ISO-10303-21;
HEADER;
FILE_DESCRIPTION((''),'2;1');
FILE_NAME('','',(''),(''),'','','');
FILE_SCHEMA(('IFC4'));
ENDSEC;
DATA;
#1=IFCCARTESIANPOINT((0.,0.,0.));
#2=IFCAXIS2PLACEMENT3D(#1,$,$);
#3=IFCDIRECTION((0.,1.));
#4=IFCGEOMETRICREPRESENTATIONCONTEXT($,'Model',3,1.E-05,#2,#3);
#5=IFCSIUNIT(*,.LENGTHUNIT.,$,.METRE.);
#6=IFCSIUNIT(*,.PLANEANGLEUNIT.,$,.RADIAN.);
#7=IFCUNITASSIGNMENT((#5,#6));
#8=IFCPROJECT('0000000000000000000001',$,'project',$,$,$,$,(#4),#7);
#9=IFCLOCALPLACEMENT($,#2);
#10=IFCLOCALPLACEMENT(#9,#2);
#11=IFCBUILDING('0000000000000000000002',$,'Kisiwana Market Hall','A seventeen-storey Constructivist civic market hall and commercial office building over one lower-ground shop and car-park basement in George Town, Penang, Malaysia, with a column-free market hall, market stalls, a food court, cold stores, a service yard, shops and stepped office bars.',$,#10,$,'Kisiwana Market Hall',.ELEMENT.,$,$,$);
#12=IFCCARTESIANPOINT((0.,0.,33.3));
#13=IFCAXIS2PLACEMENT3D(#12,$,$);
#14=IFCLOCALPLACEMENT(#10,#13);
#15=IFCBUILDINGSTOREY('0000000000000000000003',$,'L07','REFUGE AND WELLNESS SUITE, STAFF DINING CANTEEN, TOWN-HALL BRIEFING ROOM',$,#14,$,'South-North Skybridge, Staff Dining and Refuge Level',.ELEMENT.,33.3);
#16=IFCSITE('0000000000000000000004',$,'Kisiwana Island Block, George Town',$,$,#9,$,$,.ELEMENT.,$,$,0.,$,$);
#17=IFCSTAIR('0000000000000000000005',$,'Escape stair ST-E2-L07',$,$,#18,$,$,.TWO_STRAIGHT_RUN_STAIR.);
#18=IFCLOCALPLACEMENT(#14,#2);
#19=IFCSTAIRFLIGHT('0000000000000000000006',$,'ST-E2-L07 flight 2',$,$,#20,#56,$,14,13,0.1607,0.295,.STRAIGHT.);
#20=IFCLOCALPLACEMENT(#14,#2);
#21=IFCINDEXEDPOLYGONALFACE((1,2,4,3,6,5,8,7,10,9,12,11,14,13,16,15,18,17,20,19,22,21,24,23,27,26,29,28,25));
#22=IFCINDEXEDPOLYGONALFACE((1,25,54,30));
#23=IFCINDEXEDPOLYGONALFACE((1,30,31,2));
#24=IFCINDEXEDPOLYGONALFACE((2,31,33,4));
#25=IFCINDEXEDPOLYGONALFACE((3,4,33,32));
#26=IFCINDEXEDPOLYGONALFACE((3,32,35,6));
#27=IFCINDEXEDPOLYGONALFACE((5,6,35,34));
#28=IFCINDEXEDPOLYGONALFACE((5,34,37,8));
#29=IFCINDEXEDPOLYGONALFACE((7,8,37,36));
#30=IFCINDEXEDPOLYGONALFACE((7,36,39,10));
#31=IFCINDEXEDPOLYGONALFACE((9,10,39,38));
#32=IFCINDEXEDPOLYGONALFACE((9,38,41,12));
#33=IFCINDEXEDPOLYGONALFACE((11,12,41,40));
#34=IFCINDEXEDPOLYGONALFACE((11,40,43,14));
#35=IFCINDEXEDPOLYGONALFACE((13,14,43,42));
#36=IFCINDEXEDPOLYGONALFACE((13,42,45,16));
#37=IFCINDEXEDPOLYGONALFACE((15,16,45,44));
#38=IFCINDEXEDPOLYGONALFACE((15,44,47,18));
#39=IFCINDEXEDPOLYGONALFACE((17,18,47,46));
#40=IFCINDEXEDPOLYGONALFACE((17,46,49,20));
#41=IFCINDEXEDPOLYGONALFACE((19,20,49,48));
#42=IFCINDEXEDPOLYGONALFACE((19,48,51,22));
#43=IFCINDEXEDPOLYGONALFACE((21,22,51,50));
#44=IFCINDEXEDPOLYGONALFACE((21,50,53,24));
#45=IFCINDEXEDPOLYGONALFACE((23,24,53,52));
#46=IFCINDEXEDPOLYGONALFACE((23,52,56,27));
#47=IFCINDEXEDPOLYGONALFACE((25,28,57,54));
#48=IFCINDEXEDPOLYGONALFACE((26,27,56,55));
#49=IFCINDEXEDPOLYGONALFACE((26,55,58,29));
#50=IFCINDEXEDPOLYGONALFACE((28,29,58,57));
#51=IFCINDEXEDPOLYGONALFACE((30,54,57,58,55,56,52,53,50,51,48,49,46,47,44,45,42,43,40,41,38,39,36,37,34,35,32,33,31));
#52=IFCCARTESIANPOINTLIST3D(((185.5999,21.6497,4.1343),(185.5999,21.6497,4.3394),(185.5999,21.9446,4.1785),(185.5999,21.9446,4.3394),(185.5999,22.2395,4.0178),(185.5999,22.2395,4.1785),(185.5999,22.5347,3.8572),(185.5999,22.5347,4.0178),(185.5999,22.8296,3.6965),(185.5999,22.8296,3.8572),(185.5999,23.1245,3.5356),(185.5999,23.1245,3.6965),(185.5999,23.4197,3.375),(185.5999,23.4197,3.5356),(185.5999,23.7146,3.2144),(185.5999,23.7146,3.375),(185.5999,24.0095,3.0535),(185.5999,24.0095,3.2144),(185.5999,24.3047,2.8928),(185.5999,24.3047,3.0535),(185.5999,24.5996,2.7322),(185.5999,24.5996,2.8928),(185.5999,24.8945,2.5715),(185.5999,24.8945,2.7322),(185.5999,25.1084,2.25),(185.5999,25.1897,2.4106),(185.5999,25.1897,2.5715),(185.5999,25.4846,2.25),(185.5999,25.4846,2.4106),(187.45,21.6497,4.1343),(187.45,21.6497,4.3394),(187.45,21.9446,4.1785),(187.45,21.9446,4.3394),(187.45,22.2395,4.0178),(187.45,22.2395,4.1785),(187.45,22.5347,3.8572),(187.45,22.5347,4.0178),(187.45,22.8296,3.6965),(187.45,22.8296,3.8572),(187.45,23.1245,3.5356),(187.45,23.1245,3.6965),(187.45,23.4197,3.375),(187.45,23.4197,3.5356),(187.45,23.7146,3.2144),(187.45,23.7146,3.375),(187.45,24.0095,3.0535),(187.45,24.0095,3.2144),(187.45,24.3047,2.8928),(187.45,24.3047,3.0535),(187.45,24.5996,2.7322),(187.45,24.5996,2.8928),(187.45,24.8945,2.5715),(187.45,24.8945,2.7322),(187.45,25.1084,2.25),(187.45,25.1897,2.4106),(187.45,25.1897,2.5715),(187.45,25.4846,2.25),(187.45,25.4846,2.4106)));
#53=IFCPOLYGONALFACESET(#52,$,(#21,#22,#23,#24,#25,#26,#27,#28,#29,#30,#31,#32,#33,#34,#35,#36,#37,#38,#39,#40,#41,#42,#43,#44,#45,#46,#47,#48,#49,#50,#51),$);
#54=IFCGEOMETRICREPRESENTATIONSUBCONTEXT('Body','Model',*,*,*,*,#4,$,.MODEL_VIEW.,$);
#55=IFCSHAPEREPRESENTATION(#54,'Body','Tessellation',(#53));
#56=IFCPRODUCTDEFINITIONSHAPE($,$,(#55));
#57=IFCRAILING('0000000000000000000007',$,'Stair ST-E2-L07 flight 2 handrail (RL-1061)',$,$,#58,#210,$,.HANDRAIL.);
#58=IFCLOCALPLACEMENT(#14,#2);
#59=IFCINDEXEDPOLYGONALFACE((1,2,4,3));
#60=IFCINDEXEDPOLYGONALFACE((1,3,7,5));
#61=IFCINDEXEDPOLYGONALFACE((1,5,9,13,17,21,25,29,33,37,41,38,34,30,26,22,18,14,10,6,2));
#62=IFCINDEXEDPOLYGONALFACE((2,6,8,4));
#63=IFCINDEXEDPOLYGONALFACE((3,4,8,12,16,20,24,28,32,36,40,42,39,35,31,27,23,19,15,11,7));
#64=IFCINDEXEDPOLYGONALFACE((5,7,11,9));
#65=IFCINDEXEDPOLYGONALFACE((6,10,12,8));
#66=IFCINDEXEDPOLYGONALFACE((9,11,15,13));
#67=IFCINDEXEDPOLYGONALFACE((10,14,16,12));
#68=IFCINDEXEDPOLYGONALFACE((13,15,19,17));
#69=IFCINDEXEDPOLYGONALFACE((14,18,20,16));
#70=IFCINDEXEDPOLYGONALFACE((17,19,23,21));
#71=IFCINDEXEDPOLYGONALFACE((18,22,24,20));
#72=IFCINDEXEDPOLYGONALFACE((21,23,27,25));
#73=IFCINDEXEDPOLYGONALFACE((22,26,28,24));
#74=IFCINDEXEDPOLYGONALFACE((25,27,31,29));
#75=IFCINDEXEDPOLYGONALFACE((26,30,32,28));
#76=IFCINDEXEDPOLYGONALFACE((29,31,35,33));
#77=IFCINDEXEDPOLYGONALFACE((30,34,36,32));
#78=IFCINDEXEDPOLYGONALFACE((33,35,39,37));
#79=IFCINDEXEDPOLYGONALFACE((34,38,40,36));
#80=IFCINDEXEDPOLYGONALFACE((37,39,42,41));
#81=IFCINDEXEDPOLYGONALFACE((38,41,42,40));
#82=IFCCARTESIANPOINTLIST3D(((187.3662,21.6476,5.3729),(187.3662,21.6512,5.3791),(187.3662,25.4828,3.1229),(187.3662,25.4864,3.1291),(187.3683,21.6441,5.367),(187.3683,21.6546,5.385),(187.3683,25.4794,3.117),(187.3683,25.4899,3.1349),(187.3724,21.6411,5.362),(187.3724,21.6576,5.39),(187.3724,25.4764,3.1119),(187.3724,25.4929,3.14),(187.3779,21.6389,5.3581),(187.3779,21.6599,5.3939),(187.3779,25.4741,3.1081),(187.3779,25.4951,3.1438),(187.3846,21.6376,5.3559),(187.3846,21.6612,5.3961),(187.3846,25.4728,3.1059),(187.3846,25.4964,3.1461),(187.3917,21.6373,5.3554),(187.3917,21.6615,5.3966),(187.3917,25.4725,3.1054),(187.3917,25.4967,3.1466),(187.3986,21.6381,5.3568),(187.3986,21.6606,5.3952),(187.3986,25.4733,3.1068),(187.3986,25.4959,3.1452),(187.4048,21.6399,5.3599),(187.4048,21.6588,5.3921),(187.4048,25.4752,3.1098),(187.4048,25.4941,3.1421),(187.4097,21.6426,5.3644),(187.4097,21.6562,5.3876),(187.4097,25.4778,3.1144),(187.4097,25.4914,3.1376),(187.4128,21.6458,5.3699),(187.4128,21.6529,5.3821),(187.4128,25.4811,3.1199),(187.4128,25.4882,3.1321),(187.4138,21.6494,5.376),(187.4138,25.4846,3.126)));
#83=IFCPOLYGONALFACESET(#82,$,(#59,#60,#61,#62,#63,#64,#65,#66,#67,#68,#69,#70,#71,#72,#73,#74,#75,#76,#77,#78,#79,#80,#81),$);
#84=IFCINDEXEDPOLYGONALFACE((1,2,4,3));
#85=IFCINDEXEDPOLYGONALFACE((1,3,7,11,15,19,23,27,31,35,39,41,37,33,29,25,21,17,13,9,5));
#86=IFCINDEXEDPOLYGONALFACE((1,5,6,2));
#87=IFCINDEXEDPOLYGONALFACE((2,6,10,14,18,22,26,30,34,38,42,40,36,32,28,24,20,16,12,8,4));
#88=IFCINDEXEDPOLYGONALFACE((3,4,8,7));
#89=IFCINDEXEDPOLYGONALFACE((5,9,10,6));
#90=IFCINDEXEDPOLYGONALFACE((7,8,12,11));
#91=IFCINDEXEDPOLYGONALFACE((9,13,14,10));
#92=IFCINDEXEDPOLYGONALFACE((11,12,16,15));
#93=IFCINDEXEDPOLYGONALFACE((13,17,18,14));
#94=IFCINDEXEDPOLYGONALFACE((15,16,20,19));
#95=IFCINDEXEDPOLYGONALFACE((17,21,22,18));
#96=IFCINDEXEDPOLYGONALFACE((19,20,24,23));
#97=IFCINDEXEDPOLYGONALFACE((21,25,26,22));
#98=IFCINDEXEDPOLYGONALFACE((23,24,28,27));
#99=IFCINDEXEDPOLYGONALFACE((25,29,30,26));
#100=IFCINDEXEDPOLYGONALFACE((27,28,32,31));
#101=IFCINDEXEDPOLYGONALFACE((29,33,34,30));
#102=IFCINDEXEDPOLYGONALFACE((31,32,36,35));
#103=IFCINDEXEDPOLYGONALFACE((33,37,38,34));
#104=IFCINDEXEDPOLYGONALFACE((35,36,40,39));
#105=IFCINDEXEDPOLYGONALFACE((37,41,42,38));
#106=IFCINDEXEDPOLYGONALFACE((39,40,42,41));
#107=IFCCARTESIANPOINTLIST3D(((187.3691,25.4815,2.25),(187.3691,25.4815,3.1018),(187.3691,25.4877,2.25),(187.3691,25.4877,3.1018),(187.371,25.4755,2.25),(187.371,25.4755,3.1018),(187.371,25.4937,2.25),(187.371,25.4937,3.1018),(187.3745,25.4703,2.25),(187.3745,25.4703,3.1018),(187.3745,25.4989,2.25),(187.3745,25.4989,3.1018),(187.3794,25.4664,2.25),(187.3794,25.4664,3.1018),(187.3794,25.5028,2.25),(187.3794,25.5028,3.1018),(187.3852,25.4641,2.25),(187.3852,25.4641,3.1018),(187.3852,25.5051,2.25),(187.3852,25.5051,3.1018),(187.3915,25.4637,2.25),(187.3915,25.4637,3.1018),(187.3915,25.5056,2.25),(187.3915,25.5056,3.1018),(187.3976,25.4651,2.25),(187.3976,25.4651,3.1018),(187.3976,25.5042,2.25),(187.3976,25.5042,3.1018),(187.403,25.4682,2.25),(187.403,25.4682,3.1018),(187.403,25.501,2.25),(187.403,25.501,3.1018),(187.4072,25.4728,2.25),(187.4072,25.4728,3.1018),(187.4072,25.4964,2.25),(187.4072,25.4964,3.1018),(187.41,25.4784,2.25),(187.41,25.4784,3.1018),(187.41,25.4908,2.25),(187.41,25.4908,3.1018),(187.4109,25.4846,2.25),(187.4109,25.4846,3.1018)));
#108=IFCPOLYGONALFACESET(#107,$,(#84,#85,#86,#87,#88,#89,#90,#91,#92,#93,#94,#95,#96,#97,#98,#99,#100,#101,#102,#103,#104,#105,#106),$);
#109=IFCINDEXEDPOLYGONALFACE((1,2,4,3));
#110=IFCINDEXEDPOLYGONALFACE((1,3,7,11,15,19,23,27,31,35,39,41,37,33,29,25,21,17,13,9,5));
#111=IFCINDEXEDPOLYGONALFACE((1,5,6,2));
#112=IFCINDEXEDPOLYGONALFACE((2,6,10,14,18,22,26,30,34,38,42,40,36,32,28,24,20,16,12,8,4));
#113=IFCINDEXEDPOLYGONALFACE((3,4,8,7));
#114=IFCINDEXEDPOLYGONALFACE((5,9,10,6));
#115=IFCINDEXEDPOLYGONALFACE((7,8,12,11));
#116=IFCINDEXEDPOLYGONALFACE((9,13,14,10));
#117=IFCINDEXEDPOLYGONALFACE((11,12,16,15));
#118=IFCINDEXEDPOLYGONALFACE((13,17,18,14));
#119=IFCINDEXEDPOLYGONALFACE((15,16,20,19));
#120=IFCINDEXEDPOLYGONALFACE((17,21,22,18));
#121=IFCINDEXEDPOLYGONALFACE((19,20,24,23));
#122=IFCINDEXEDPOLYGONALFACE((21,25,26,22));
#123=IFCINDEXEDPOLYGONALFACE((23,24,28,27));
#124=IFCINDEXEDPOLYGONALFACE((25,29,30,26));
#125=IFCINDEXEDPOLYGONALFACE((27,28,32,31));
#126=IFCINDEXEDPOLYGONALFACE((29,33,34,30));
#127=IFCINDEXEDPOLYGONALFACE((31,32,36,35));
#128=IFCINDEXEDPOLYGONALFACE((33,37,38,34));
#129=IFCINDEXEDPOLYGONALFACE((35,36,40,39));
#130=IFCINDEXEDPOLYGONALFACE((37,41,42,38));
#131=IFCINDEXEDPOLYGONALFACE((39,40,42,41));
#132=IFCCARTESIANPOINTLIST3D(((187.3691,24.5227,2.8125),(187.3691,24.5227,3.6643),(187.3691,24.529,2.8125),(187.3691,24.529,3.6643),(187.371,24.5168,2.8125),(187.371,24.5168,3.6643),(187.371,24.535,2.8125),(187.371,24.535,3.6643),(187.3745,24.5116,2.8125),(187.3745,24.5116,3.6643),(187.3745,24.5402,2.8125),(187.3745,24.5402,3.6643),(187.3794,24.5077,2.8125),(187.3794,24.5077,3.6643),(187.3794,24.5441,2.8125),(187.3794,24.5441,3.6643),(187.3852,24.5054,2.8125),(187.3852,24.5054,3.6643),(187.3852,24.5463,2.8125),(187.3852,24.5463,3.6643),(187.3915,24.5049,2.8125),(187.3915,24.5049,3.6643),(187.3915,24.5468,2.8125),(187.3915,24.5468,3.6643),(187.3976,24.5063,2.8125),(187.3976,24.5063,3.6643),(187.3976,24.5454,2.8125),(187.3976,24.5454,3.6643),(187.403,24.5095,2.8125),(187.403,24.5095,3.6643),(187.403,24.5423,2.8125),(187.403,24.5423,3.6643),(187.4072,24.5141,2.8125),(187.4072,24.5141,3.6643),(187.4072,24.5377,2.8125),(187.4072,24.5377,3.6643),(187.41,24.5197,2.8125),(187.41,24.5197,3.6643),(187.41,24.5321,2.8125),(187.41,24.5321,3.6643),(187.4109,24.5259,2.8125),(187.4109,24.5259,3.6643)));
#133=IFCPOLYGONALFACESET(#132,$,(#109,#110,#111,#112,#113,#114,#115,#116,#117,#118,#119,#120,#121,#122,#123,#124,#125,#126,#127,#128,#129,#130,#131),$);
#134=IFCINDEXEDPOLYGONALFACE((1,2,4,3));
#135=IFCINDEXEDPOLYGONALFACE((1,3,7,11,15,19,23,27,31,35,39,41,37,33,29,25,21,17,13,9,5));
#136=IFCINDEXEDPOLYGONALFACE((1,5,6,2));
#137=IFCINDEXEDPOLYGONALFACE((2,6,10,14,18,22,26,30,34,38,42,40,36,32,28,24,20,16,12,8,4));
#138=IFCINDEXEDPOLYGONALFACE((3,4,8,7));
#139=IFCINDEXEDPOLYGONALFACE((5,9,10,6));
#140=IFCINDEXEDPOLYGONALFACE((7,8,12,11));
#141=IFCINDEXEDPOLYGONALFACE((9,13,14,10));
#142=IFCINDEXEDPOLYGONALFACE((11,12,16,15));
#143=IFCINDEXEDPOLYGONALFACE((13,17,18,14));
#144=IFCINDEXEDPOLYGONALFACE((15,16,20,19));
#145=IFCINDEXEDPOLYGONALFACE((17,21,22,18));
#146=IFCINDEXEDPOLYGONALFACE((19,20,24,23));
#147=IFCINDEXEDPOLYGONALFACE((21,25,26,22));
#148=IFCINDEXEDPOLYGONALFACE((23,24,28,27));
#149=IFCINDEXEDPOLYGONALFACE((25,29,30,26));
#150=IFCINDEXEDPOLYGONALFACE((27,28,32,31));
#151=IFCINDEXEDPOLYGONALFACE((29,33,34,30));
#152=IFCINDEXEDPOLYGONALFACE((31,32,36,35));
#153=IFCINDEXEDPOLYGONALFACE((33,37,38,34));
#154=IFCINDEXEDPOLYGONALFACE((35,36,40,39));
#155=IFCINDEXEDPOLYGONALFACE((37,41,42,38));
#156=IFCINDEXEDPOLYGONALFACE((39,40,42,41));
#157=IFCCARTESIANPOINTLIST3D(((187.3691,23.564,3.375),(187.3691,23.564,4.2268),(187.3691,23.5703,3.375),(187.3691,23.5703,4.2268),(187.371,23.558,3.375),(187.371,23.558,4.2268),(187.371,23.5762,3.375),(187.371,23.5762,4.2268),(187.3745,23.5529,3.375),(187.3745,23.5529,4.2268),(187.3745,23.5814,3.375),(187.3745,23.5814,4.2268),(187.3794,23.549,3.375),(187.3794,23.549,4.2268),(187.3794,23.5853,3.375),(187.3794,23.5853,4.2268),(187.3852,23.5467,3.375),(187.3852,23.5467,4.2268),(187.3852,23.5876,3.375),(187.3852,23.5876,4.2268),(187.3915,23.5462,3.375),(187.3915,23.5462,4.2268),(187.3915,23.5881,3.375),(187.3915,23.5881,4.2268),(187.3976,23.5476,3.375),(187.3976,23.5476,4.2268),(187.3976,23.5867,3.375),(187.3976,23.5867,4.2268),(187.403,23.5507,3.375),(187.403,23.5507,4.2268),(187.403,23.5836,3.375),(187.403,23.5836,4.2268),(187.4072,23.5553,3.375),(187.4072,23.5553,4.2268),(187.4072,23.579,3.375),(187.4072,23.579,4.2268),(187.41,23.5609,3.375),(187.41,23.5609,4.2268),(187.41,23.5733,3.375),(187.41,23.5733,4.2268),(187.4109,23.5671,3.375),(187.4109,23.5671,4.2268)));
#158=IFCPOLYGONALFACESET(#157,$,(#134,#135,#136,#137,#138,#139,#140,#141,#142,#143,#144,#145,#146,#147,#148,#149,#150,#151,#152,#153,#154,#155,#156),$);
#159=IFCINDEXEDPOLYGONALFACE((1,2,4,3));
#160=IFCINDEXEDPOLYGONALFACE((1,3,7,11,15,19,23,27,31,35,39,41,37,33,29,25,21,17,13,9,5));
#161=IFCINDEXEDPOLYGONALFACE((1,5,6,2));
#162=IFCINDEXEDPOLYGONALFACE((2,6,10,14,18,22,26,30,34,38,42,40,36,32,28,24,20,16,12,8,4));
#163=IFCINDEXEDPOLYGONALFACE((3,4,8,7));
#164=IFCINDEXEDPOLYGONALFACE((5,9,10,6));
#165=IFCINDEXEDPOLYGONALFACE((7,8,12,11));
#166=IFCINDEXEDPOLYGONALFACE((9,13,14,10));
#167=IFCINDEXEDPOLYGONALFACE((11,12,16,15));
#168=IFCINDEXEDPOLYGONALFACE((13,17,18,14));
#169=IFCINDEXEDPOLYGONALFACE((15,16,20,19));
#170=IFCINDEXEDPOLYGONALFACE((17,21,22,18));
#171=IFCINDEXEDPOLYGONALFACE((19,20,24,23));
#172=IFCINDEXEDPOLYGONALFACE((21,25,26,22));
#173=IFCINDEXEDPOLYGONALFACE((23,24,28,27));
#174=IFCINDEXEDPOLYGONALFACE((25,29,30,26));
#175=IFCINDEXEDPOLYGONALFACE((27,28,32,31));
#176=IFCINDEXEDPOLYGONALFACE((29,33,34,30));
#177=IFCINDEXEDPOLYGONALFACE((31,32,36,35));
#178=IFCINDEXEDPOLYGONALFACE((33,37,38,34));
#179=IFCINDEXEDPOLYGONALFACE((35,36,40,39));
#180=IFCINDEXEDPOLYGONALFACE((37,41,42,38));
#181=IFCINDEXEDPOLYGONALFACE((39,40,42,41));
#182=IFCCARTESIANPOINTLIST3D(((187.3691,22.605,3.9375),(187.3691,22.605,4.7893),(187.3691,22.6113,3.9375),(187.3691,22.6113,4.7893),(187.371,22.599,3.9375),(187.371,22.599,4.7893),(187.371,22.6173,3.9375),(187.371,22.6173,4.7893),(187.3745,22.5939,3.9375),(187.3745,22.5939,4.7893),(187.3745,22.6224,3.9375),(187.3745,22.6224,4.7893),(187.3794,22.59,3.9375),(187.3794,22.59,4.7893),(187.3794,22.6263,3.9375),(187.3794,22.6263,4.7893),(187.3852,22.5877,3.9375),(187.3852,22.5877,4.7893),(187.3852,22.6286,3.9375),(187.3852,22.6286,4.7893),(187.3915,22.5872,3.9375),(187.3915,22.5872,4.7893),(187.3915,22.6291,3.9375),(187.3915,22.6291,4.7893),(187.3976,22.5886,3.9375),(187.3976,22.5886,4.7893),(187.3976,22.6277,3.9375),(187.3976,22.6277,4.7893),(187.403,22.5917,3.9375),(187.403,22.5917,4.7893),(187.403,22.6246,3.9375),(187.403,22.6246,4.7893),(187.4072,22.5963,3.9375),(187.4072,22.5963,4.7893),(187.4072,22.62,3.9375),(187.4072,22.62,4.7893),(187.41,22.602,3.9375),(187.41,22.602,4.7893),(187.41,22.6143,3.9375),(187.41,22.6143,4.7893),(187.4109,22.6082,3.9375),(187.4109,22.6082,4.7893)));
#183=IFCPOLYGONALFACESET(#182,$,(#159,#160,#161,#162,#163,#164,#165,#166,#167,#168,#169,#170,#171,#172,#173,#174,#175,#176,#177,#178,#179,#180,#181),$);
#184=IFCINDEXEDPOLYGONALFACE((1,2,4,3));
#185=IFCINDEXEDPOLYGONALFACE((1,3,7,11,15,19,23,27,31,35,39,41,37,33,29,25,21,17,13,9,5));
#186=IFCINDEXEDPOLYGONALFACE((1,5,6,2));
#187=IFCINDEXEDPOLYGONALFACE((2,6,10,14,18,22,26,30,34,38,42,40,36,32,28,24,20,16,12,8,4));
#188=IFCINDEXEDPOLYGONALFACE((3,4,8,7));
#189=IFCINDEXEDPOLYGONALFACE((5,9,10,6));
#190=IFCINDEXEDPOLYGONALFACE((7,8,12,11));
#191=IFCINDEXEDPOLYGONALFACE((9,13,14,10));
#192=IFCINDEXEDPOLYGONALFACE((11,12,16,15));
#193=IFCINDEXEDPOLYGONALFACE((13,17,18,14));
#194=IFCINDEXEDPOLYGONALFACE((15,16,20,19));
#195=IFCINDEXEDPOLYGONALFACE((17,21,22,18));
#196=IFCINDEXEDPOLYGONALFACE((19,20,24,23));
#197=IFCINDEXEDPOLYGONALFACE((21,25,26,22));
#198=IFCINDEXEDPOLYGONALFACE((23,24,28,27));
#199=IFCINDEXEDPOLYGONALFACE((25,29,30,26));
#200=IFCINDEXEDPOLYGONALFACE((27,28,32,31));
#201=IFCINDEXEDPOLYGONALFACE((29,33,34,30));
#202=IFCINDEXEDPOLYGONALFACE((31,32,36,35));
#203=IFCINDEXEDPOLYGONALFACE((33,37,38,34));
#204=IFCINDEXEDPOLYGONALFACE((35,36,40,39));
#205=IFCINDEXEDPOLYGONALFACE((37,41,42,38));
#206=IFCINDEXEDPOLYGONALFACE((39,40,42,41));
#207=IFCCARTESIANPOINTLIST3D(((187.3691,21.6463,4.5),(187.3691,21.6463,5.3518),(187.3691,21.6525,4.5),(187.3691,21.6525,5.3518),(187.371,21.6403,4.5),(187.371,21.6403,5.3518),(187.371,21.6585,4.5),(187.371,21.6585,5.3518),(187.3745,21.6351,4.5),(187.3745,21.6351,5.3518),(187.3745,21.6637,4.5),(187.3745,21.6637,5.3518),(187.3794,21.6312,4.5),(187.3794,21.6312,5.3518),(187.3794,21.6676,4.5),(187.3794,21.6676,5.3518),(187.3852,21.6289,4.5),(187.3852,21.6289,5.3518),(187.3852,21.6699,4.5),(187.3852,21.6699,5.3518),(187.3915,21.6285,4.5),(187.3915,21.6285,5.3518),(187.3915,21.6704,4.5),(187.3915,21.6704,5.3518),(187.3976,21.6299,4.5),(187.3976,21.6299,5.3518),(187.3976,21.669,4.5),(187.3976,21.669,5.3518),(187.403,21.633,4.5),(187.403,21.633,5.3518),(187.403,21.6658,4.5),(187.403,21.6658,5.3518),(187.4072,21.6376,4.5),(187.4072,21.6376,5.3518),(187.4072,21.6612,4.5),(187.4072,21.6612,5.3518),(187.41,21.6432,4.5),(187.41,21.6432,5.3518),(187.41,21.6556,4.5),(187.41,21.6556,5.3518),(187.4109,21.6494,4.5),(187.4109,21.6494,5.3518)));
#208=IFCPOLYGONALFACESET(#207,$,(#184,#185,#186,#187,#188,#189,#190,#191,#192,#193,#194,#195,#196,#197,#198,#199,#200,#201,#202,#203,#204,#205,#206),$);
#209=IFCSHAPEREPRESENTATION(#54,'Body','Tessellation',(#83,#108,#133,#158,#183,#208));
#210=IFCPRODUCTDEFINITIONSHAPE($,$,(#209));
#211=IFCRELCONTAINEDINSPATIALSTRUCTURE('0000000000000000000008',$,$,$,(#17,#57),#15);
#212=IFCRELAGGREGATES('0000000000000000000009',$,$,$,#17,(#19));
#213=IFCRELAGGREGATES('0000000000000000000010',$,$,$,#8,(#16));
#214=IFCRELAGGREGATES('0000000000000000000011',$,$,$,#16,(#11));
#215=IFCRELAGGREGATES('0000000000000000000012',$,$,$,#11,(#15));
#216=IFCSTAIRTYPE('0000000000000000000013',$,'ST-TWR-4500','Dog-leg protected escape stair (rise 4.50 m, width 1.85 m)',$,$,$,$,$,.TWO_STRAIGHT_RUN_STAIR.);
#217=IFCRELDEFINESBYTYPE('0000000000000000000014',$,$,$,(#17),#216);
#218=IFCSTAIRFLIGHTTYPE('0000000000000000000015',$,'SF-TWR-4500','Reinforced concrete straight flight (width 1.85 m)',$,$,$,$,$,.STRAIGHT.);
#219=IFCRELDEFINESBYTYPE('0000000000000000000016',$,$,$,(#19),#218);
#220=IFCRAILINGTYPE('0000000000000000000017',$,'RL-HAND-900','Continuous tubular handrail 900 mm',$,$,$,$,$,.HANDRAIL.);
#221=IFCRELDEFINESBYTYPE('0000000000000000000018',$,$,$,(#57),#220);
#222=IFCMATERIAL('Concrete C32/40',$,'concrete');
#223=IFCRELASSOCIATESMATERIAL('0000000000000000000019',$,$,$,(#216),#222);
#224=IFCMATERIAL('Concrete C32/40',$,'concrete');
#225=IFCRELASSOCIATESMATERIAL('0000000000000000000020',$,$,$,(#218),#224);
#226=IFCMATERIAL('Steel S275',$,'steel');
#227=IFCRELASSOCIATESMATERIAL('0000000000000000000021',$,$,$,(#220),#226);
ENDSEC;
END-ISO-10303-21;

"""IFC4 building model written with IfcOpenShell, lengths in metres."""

from ifc_helpers import new_model, si_unit, direction, frame, origin, origin_2d, place, context, subcontext, project, spatial, polyline, circle, outline, extrude, material, type_object, element, aggregate, save


model = new_model("IFC4")

# Units and contexts
model_context = context("Model", 3, precision=1e-05, world=origin(), true_north=direction((0.0, 1.0)))
body_context = subcontext(model_context, "Body", "Model", "MODEL_VIEW")
ifc_project = project(units=[si_unit("LENGTHUNIT", "METRE"), si_unit("PLANEANGLEUNIT", "RADIAN")], contexts=[model_context])

# Site, building, storey
site_placement = place(None, origin())
site = spatial("IfcSite", under=ifc_project, at=site_placement, Name="Kisiwana Island Block, George Town", CompositionType="ELEMENT", RefElevation=0.0)
building_placement = place(site_placement, origin())
building = spatial("IfcBuilding", under=site, at=building_placement, Name="Kisiwana Market Hall", Description="A seventeen-storey Constructivist civic market hall and commercial office building over one lower-ground shop and car-park basement in George Town, Penang, Malaysia, with a column-free market hall, market stalls, a food court, cold stores, a service yard, shops and stepped office bars.", LongName="Kisiwana Market Hall", CompositionType="ELEMENT")
storey_placement = place(building_placement, frame((0.0, 0.0, 33.3)))
storey = spatial("IfcBuildingStorey", under=building, at=storey_placement, Name="L07", Description="REFUGE AND WELLNESS SUITE, STAFF DINING CANTEEN, TOWN-HALL BRIEFING ROOM", LongName="South-North Skybridge, Staff Dining and Refuge Level", CompositionType="ELEMENT", Elevation=33.3)

# Stair, stair flight
ifc_material_1 = material(Name="Concrete C32/40", Category="concrete")
stair_type = type_object("IfcStairType", Name="ST-TWR-4500", Description="Dog-leg protected escape stair (rise 4.50 m, width 1.85 m)", PredefinedType="TWO_STRAIGHT_RUN_STAIR", material=ifc_material_1)
stair_placement = place(storey_placement, origin())
stair = element("IfcStair", 1, at=stair_placement, inside=storey, type_object=stair_type, Name="Escape stair ST-E2-L07", PredefinedType="TWO_STRAIGHT_RUN_STAIR")
ifc_material_2 = material(Name="Concrete C32/40", Category="concrete")
stair_flight_type = type_object("IfcStairFlightType", Name="SF-TWR-4500", Description="Reinforced concrete straight flight (width 1.85 m)", PredefinedType="STRAIGHT", material=ifc_material_2)
stair_flight_placement = place(storey_placement, frame((186.5249, 25.4846, 2.25), z_axis=(0.0, 0.0, 1.0), x_axis=(0.0, -1.0, 0.0)))
stair_flight = element("IfcStairFlight", 2, at=stair_flight_placement, type_object=stair_flight_type, Name="ST-E2-L07 flight 2", NumberOfRisers=14, NumberOfTreads=13, PredefinedType="STRAIGHT", RiserHeight=0.1607, TreadLength=0.295, context=body_context, shape_type="SweptSolid", body=[
    extrude(outline(polyline([(0.0, 0.0), (0.0, 0.1606), (0.2949, 0.1606), (0.2949, 0.3215), (0.5901, 0.3215), (0.5901, 0.4822), (0.885, 0.4822), (0.885, 0.6428), (1.1799, 0.6428), (1.1799, 0.8035), (1.4751, 0.8035), (1.4751, 0.9644), (1.77, 0.9644), (1.77, 1.125), (2.0649, 1.125), (2.0649, 1.2856), (2.3601, 1.2856), (2.3601, 1.4465), (2.655, 1.4465), (2.655, 1.6072), (2.95, 1.6072), (2.95, 1.7678), (3.2451, 1.7678), (3.2451, 1.9285), (3.54, 1.9285), (3.54, 2.0894), (3.835, 2.0894), (3.835, 2.25), (3.835, 1.8843), (0.3762, 0.0), (0.0, 0.0)])), frame((0.0, 0.925, 0.0), z_axis=(0.0, -1.0, 0.0), x_axis=(1.0, 0.0, 0.0)), (0.0, 0.0, 1.0), 1.8501),
])
aggregate(stair, [stair_flight])

# Railing
ifc_material_3 = material(Name="Steel S275", Category="steel")
railing_type = type_object("IfcRailingType", Name="RL-HAND-900", Description="Continuous tubular handrail 900 mm", PredefinedType="HANDRAIL", material=ifc_material_3)
railing_placement = place(storey_placement, frame((187.3899, 25.4846, 2.25)))
element("IfcRailing", 3, at=railing_placement, inside=storey, type_object=railing_type, Name="Stair ST-E2-L07 flight 2 handrail (RL-1061)", PredefinedType="HANDRAIL", context=body_context, shape_type="SweptSolid", body=[
    extrude(circle(Radius=0.0239, at=origin_2d()), frame((0.0, 0.0, 0.876), z_axis=(0.0, -0.862524, 0.506017), x_axis=(1.0, 0.0, 0.0)), (0.0, 0.0, 1.0), 4.4465),
    extrude(circle(Radius=0.021, at=origin_2d()), origin(), (0.0, 0.0, 1.0), 0.8518),
    extrude(circle(Radius=0.021, at=origin_2d()), frame((0.0, -0.9587, 0.5625)), (0.0, 0.0, 1.0), 0.8518),
    extrude(circle(Radius=0.021, at=origin_2d()), frame((0.0, -1.9175, 1.125)), (0.0, 0.0, 1.0), 0.8518),
    extrude(circle(Radius=0.021, at=origin_2d()), frame((0.0, -2.8765, 1.6875)), (0.0, 0.0, 1.0), 0.8518),
    extrude(circle(Radius=0.021, at=origin_2d()), frame((0.0, -3.8352, 2.25)), (0.0, 0.0, 1.0), 0.8518),
])

save(model, "model.ifc")
